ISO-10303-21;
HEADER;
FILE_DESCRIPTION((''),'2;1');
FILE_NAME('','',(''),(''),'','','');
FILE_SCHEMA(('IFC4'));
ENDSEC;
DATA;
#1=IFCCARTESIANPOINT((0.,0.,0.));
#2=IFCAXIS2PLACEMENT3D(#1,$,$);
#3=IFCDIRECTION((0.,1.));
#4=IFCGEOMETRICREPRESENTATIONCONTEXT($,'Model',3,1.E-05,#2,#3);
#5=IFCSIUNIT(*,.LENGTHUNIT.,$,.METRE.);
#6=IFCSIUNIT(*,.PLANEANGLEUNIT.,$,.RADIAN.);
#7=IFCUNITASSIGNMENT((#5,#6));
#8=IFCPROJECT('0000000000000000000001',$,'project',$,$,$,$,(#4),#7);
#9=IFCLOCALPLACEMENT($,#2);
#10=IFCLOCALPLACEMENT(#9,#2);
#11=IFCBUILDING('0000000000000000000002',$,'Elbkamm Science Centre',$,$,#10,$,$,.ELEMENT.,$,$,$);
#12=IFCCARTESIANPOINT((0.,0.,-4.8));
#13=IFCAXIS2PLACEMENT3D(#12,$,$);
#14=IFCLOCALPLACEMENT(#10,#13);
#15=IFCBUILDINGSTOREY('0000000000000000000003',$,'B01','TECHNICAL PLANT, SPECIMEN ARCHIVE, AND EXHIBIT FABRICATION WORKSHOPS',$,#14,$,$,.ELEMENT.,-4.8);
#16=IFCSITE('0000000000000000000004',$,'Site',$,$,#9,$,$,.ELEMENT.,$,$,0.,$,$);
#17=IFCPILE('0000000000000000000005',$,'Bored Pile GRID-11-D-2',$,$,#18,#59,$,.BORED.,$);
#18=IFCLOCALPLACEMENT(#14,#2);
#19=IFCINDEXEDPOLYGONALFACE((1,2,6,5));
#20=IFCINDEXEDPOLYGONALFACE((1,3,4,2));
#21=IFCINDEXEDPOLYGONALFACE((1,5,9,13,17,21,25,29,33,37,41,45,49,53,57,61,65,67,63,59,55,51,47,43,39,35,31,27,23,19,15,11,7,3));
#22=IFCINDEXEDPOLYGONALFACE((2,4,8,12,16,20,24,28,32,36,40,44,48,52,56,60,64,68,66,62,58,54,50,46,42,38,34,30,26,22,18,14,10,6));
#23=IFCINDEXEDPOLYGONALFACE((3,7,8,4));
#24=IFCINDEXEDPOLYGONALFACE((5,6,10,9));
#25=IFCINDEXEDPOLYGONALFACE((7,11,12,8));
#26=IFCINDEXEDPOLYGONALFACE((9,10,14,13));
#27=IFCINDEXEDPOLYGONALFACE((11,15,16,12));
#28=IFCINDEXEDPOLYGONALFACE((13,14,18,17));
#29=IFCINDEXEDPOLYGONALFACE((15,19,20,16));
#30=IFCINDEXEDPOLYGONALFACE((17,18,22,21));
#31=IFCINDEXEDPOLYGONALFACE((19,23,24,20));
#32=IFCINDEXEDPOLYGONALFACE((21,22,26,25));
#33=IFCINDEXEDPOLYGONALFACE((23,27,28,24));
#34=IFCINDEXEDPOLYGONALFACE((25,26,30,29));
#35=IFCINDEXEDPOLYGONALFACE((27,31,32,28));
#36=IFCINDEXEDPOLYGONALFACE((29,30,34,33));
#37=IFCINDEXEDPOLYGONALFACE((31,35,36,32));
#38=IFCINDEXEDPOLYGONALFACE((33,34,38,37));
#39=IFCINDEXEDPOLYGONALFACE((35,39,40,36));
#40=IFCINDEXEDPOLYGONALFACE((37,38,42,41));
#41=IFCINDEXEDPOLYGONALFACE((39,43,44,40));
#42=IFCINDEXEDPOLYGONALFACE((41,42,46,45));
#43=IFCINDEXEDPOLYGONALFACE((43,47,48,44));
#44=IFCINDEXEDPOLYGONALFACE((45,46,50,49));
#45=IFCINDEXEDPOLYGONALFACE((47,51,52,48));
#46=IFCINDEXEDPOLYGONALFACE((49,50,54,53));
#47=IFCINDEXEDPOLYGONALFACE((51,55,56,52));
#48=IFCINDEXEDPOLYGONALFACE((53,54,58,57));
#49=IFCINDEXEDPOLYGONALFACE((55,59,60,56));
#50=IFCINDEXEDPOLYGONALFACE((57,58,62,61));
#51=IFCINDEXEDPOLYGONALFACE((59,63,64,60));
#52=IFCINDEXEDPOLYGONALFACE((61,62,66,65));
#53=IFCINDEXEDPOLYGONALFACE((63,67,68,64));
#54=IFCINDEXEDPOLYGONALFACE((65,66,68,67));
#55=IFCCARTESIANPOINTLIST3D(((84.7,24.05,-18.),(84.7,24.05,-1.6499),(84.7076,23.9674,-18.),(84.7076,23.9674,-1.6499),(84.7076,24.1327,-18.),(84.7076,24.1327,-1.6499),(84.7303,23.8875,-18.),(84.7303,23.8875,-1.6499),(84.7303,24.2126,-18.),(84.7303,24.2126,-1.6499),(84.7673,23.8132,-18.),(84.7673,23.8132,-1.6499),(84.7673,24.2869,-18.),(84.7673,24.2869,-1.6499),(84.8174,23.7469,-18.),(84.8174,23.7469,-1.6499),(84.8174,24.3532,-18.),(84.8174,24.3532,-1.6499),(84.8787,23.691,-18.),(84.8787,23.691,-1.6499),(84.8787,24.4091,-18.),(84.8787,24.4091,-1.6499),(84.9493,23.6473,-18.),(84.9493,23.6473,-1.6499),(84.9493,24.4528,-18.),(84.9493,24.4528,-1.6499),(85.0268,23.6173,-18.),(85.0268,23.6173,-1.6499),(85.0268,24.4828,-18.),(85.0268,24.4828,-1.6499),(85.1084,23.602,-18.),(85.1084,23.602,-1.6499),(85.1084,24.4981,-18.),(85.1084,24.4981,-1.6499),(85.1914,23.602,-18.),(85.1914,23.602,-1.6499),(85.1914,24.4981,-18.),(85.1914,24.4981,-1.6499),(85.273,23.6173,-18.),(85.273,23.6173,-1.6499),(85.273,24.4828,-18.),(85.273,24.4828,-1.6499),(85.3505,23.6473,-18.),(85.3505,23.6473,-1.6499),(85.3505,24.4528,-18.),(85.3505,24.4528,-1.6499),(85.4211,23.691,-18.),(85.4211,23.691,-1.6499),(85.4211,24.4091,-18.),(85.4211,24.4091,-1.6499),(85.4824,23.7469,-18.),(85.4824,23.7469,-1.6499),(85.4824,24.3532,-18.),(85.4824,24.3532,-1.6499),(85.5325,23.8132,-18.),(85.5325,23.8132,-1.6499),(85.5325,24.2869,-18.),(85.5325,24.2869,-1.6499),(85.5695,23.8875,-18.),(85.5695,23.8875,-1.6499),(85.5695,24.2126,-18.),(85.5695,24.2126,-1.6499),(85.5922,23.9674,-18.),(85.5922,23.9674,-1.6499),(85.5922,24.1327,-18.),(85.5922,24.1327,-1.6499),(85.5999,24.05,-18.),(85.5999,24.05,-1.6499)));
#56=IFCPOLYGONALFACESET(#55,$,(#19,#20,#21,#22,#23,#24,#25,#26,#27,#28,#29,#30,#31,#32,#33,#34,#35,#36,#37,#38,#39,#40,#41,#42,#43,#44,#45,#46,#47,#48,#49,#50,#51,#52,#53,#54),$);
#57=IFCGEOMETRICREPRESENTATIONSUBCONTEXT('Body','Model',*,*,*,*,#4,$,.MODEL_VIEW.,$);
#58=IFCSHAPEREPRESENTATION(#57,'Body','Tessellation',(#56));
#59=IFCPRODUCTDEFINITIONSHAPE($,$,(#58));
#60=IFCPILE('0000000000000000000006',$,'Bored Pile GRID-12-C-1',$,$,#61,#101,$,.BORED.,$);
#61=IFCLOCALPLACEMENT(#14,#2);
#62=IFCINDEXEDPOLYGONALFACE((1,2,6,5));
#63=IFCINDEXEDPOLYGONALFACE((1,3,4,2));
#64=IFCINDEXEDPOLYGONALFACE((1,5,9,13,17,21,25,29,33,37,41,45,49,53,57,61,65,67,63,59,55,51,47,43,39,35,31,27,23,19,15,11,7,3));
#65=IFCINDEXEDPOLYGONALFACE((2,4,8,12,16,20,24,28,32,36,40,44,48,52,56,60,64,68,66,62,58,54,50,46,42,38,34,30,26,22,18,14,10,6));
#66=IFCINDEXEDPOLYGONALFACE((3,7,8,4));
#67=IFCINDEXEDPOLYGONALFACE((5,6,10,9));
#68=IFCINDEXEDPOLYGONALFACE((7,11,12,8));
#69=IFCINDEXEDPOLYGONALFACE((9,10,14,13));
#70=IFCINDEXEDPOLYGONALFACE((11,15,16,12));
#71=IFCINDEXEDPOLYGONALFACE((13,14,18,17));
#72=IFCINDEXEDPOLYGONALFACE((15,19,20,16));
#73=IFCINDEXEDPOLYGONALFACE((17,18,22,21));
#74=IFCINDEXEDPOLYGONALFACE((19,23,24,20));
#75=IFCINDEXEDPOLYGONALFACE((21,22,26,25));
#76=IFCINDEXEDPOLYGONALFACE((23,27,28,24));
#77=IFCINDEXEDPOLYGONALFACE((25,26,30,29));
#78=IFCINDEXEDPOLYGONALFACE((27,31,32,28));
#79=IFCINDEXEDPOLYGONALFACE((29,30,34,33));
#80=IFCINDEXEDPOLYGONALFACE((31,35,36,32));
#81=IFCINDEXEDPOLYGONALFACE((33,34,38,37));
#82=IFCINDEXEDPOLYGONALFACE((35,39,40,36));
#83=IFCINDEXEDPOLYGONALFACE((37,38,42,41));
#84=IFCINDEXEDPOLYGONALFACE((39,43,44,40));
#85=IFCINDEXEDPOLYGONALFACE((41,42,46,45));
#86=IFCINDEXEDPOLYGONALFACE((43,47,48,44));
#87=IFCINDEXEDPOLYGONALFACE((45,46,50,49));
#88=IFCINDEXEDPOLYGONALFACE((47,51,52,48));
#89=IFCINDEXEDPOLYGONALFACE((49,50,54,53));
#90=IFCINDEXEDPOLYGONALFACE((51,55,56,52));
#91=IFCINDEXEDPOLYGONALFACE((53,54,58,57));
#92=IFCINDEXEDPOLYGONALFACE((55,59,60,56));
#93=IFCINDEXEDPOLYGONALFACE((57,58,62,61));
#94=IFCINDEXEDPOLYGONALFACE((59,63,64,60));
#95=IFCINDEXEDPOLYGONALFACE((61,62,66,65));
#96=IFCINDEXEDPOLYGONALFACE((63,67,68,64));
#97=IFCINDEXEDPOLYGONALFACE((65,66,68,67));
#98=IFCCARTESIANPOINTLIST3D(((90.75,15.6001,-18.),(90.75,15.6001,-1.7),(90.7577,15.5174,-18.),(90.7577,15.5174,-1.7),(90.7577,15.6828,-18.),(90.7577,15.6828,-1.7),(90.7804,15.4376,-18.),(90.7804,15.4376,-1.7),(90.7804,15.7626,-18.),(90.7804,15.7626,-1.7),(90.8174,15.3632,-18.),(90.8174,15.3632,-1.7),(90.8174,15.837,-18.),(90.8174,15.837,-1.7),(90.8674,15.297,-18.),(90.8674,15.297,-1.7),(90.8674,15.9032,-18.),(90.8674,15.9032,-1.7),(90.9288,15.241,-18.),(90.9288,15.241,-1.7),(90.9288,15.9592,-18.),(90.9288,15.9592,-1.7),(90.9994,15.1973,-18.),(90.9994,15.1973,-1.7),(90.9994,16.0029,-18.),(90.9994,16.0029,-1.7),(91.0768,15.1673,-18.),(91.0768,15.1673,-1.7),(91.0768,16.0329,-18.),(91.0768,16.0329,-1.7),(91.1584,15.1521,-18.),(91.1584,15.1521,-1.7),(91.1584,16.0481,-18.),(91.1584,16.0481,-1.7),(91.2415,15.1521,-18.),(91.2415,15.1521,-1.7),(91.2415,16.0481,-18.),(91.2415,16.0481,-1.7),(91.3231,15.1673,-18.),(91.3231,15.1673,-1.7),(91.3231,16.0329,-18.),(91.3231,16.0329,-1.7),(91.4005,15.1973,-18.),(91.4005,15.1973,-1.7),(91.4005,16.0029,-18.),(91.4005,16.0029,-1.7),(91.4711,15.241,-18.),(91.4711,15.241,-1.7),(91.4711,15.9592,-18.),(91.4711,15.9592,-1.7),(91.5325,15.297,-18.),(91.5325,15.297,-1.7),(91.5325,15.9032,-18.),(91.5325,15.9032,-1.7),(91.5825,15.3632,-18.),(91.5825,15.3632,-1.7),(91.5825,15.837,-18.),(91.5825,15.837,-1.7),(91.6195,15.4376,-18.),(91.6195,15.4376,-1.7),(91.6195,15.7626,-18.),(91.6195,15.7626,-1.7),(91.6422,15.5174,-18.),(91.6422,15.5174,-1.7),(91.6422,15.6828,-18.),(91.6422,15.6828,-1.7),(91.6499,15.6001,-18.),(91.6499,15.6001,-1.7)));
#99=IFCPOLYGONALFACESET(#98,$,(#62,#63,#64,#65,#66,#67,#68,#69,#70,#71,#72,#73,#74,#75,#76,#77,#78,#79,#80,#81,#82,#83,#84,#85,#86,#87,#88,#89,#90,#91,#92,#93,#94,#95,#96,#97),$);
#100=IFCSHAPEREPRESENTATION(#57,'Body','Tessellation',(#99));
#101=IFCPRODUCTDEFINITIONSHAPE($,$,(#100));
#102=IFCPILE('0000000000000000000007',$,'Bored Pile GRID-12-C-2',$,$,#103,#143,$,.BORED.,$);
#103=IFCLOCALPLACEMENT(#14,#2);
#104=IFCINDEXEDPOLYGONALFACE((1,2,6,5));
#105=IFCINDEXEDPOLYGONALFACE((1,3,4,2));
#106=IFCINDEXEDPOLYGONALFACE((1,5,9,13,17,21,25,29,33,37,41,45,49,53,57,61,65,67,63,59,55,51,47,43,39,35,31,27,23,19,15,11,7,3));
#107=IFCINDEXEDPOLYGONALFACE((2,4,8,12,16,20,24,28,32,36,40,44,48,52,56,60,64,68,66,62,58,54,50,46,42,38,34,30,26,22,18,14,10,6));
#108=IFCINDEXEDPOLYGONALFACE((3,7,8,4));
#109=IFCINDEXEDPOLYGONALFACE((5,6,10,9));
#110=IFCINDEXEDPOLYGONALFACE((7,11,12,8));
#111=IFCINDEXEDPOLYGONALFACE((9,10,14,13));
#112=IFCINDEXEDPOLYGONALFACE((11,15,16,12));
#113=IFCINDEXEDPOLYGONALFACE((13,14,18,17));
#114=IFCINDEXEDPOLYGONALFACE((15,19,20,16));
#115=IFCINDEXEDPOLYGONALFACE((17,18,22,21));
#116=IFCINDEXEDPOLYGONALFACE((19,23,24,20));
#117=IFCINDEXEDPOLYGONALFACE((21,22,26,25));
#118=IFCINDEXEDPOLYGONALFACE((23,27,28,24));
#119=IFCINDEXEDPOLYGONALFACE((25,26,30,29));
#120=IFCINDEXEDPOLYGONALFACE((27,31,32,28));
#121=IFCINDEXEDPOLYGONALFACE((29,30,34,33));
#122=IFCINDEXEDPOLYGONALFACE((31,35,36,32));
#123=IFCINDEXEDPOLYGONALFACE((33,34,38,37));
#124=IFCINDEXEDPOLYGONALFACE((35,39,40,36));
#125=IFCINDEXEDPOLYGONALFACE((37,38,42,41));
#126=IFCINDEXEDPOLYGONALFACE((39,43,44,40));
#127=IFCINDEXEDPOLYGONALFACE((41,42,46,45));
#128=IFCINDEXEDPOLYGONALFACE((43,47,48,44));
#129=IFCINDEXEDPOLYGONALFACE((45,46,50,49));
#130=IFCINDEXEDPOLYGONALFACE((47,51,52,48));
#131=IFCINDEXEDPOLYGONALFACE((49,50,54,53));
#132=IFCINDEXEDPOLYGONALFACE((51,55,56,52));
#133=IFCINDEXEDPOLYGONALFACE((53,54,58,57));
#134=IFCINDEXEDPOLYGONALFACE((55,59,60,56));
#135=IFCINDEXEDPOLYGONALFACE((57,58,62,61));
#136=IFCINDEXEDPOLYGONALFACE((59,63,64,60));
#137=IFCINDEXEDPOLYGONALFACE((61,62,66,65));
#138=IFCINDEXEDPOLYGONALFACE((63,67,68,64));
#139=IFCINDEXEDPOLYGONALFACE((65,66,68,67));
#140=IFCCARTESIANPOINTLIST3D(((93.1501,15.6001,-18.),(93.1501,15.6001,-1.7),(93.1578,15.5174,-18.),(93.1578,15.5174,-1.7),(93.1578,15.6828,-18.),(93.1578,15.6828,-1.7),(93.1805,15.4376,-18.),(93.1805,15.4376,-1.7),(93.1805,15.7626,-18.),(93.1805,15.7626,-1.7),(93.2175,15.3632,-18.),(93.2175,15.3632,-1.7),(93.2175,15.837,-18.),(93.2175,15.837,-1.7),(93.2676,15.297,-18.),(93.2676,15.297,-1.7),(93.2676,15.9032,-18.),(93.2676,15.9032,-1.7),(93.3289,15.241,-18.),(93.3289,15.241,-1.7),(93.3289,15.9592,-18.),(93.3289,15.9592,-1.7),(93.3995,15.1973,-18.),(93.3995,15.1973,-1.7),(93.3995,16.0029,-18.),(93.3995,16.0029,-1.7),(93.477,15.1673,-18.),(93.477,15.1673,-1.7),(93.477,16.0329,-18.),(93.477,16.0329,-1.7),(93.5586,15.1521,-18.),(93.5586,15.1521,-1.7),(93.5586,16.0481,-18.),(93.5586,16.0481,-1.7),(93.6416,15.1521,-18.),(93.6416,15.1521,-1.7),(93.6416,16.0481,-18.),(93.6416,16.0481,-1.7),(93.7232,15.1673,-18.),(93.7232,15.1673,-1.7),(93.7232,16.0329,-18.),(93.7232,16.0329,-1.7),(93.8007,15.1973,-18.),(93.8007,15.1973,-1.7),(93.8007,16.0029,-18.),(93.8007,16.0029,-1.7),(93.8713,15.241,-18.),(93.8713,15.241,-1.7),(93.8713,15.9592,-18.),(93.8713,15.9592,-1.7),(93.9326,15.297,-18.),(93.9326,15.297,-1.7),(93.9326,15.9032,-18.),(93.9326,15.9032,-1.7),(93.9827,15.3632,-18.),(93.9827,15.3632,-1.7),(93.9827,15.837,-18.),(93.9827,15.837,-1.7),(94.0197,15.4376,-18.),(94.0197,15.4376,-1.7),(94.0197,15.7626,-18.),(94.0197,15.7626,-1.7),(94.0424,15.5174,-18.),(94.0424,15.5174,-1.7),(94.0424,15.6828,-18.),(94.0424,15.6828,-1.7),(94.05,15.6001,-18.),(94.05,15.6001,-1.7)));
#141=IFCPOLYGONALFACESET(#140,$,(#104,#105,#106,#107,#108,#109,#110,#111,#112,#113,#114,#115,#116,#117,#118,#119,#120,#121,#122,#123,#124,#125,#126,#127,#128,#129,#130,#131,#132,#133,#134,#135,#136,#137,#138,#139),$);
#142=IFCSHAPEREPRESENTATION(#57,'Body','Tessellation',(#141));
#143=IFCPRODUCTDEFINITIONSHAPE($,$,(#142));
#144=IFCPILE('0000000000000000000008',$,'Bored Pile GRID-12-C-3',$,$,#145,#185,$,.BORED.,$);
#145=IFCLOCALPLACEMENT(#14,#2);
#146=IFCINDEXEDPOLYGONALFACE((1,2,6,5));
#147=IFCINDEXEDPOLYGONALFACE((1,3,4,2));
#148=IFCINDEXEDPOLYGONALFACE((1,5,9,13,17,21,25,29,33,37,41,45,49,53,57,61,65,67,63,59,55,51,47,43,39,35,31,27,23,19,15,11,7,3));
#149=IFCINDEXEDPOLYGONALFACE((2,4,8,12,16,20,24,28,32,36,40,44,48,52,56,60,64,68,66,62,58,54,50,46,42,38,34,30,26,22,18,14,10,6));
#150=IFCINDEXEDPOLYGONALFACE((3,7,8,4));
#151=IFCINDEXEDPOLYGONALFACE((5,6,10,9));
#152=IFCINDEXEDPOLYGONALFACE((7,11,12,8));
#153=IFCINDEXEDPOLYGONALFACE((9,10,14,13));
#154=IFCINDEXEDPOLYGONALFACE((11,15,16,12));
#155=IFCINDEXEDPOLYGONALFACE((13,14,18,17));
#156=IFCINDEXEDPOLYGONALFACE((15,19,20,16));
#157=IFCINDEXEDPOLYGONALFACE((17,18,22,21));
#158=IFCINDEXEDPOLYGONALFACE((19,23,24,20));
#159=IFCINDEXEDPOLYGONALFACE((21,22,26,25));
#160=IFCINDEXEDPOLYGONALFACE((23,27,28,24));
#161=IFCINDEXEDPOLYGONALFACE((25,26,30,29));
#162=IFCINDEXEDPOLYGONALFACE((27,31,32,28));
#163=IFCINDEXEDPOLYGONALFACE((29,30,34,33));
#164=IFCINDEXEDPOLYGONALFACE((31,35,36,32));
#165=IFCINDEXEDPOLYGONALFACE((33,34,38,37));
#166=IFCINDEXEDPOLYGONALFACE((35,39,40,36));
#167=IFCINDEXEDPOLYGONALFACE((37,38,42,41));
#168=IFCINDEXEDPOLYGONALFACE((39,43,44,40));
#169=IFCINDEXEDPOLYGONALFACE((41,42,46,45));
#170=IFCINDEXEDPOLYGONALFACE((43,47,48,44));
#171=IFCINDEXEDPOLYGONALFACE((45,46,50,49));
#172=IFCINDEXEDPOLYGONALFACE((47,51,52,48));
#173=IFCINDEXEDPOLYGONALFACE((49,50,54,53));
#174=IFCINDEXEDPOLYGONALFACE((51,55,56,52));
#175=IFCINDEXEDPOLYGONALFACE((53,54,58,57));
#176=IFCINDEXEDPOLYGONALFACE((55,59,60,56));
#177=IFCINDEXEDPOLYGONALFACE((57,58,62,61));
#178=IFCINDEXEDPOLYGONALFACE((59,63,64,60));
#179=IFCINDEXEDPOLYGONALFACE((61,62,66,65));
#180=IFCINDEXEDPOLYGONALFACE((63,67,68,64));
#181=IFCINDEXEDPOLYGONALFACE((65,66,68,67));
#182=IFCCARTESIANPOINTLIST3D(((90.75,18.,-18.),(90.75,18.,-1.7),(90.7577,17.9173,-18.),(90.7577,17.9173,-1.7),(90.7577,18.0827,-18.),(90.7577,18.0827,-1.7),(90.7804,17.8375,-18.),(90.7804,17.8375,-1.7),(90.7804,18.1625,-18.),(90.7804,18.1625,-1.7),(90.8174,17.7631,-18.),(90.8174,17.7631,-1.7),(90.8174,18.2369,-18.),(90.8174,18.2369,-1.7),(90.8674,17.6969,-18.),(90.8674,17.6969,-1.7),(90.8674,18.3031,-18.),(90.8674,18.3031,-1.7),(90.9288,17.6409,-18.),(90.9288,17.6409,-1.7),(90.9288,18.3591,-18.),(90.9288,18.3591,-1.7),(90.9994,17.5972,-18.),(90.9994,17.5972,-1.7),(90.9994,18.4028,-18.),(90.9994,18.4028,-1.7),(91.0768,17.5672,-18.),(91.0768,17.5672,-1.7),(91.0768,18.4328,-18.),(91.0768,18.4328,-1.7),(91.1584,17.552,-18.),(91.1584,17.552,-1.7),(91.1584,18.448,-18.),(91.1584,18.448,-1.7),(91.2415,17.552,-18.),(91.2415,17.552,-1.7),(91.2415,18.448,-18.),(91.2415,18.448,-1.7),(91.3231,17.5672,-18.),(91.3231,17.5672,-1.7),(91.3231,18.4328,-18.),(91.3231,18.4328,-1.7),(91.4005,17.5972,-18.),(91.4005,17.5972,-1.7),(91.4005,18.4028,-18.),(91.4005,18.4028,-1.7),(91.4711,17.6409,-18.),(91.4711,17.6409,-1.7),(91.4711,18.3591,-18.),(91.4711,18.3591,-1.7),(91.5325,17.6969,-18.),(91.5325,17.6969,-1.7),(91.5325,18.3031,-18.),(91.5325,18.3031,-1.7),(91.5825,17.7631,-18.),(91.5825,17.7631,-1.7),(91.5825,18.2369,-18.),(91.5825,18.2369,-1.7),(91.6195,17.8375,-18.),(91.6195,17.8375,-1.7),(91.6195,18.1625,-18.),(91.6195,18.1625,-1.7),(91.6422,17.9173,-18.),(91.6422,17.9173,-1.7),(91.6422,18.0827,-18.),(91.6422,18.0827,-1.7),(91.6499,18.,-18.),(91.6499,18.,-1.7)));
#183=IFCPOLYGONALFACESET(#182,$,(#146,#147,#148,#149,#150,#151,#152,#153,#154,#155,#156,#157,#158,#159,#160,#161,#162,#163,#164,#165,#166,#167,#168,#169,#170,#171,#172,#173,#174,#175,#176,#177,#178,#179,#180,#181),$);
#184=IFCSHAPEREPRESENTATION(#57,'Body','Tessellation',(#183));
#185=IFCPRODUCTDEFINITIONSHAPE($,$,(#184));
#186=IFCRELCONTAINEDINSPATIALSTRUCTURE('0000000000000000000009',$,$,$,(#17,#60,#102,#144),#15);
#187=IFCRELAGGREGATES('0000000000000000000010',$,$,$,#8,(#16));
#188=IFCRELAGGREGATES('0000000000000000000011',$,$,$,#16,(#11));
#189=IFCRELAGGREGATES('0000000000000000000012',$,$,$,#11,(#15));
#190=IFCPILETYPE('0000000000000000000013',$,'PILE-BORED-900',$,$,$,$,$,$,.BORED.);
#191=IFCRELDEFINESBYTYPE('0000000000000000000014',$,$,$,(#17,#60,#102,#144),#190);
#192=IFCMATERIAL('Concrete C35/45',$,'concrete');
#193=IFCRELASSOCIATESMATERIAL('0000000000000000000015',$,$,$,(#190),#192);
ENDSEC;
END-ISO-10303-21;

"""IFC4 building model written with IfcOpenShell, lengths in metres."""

from ifc_helpers import new_model, si_unit, direction, frame, origin, origin_2d, place, context, subcontext, project, spatial, circle, extrude, material, material_profile, profile_set, type_object, element, save


model = new_model("IFC4")

# Units and contexts
model_context = context("Model", 3, precision=1e-05, world=origin(), true_north=direction((0.0, 1.0)))
body_context = subcontext(model_context, "Body", "Model", "MODEL_VIEW")
ifc_project = project(units=[si_unit("LENGTHUNIT", "METRE"), si_unit("PLANEANGLEUNIT", "RADIAN")], contexts=[model_context])

# Site, building, storey
site_placement = place(None, origin())
site = spatial("IfcSite", under=ifc_project, at=site_placement, Name="Site", CompositionType="ELEMENT", RefElevation=0.0)
building_placement = place(site_placement, origin())
building = spatial("IfcBuilding", under=site, at=building_placement, Name="Elbkamm Science Centre", CompositionType="ELEMENT")
storey_placement = place(building_placement, frame((0.0, 0.0, -4.8)))
storey = spatial("IfcBuildingStorey", under=building, at=storey_placement, Name="B01", Description="TECHNICAL PLANT, SPECIMEN ARCHIVE, AND EXHIBIT FABRICATION WORKSHOPS", CompositionType="ELEMENT", Elevation=-4.8)

# Shared definitions
ifc_material_1 = material(Name="Concrete C35/45", Category="concrete")

# Piles
ifc_material_profile_1 = material_profile(ifc_material_1, circle(Radius=0.45, at=origin_2d()), Name="PILE D900")
ifc_profile_set_1 = profile_set([ifc_material_profile_1], Name="Concrete C35/45")
pile_type = type_object("IfcPileType", Name="PILE-BORED-900", PredefinedType="BORED", material=ifc_profile_set_1)
for number, where, z_axis, x_axis, name in (
    (1, (85.1499, 24.05, -1.6499), (0.0, 0.0, -1.0), (1.0, 0.0, 0.0), "Bored Pile GRID-11-D-2"),
):
    element("IfcPile", number, at=place(storey_placement, frame(where, z_axis=z_axis, x_axis=x_axis)), inside=storey, type_object=pile_type, Name=name, PredefinedType="BORED", context=body_context, shape_type="SweptSolid", body=[
        extrude(circle(Radius=0.45, at=origin_2d()), origin(), (0.0, 0.0, 1.0), 16.3501),
    ])
for number, where, z_axis, x_axis, name in (
    (2, (91.2, 15.6001, -1.7), (0.0, 0.0, -1.0), (1.0, 0.0, 0.0), "Bored Pile GRID-12-C-1"),
    (3, (93.6001, 15.6001, -1.7), (0.0, 0.0, -1.0), (1.0, 0.0, 0.0), "Bored Pile GRID-12-C-2"),
    (4, (91.2, 18.0, -1.7), (0.0, 0.0, -1.0), (1.0, 0.0, 0.0), "Bored Pile GRID-12-C-3"),
):
    element("IfcPile", number, at=place(storey_placement, frame(where, z_axis=z_axis, x_axis=x_axis)), inside=storey, type_object=pile_type, Name=name, PredefinedType="BORED", context=body_context, shape_type="SweptSolid", body=[
        extrude(circle(Radius=0.45, at=origin_2d()), origin(), (0.0, 0.0, 1.0), 16.3),
    ])

save(model, "model.ifc")
